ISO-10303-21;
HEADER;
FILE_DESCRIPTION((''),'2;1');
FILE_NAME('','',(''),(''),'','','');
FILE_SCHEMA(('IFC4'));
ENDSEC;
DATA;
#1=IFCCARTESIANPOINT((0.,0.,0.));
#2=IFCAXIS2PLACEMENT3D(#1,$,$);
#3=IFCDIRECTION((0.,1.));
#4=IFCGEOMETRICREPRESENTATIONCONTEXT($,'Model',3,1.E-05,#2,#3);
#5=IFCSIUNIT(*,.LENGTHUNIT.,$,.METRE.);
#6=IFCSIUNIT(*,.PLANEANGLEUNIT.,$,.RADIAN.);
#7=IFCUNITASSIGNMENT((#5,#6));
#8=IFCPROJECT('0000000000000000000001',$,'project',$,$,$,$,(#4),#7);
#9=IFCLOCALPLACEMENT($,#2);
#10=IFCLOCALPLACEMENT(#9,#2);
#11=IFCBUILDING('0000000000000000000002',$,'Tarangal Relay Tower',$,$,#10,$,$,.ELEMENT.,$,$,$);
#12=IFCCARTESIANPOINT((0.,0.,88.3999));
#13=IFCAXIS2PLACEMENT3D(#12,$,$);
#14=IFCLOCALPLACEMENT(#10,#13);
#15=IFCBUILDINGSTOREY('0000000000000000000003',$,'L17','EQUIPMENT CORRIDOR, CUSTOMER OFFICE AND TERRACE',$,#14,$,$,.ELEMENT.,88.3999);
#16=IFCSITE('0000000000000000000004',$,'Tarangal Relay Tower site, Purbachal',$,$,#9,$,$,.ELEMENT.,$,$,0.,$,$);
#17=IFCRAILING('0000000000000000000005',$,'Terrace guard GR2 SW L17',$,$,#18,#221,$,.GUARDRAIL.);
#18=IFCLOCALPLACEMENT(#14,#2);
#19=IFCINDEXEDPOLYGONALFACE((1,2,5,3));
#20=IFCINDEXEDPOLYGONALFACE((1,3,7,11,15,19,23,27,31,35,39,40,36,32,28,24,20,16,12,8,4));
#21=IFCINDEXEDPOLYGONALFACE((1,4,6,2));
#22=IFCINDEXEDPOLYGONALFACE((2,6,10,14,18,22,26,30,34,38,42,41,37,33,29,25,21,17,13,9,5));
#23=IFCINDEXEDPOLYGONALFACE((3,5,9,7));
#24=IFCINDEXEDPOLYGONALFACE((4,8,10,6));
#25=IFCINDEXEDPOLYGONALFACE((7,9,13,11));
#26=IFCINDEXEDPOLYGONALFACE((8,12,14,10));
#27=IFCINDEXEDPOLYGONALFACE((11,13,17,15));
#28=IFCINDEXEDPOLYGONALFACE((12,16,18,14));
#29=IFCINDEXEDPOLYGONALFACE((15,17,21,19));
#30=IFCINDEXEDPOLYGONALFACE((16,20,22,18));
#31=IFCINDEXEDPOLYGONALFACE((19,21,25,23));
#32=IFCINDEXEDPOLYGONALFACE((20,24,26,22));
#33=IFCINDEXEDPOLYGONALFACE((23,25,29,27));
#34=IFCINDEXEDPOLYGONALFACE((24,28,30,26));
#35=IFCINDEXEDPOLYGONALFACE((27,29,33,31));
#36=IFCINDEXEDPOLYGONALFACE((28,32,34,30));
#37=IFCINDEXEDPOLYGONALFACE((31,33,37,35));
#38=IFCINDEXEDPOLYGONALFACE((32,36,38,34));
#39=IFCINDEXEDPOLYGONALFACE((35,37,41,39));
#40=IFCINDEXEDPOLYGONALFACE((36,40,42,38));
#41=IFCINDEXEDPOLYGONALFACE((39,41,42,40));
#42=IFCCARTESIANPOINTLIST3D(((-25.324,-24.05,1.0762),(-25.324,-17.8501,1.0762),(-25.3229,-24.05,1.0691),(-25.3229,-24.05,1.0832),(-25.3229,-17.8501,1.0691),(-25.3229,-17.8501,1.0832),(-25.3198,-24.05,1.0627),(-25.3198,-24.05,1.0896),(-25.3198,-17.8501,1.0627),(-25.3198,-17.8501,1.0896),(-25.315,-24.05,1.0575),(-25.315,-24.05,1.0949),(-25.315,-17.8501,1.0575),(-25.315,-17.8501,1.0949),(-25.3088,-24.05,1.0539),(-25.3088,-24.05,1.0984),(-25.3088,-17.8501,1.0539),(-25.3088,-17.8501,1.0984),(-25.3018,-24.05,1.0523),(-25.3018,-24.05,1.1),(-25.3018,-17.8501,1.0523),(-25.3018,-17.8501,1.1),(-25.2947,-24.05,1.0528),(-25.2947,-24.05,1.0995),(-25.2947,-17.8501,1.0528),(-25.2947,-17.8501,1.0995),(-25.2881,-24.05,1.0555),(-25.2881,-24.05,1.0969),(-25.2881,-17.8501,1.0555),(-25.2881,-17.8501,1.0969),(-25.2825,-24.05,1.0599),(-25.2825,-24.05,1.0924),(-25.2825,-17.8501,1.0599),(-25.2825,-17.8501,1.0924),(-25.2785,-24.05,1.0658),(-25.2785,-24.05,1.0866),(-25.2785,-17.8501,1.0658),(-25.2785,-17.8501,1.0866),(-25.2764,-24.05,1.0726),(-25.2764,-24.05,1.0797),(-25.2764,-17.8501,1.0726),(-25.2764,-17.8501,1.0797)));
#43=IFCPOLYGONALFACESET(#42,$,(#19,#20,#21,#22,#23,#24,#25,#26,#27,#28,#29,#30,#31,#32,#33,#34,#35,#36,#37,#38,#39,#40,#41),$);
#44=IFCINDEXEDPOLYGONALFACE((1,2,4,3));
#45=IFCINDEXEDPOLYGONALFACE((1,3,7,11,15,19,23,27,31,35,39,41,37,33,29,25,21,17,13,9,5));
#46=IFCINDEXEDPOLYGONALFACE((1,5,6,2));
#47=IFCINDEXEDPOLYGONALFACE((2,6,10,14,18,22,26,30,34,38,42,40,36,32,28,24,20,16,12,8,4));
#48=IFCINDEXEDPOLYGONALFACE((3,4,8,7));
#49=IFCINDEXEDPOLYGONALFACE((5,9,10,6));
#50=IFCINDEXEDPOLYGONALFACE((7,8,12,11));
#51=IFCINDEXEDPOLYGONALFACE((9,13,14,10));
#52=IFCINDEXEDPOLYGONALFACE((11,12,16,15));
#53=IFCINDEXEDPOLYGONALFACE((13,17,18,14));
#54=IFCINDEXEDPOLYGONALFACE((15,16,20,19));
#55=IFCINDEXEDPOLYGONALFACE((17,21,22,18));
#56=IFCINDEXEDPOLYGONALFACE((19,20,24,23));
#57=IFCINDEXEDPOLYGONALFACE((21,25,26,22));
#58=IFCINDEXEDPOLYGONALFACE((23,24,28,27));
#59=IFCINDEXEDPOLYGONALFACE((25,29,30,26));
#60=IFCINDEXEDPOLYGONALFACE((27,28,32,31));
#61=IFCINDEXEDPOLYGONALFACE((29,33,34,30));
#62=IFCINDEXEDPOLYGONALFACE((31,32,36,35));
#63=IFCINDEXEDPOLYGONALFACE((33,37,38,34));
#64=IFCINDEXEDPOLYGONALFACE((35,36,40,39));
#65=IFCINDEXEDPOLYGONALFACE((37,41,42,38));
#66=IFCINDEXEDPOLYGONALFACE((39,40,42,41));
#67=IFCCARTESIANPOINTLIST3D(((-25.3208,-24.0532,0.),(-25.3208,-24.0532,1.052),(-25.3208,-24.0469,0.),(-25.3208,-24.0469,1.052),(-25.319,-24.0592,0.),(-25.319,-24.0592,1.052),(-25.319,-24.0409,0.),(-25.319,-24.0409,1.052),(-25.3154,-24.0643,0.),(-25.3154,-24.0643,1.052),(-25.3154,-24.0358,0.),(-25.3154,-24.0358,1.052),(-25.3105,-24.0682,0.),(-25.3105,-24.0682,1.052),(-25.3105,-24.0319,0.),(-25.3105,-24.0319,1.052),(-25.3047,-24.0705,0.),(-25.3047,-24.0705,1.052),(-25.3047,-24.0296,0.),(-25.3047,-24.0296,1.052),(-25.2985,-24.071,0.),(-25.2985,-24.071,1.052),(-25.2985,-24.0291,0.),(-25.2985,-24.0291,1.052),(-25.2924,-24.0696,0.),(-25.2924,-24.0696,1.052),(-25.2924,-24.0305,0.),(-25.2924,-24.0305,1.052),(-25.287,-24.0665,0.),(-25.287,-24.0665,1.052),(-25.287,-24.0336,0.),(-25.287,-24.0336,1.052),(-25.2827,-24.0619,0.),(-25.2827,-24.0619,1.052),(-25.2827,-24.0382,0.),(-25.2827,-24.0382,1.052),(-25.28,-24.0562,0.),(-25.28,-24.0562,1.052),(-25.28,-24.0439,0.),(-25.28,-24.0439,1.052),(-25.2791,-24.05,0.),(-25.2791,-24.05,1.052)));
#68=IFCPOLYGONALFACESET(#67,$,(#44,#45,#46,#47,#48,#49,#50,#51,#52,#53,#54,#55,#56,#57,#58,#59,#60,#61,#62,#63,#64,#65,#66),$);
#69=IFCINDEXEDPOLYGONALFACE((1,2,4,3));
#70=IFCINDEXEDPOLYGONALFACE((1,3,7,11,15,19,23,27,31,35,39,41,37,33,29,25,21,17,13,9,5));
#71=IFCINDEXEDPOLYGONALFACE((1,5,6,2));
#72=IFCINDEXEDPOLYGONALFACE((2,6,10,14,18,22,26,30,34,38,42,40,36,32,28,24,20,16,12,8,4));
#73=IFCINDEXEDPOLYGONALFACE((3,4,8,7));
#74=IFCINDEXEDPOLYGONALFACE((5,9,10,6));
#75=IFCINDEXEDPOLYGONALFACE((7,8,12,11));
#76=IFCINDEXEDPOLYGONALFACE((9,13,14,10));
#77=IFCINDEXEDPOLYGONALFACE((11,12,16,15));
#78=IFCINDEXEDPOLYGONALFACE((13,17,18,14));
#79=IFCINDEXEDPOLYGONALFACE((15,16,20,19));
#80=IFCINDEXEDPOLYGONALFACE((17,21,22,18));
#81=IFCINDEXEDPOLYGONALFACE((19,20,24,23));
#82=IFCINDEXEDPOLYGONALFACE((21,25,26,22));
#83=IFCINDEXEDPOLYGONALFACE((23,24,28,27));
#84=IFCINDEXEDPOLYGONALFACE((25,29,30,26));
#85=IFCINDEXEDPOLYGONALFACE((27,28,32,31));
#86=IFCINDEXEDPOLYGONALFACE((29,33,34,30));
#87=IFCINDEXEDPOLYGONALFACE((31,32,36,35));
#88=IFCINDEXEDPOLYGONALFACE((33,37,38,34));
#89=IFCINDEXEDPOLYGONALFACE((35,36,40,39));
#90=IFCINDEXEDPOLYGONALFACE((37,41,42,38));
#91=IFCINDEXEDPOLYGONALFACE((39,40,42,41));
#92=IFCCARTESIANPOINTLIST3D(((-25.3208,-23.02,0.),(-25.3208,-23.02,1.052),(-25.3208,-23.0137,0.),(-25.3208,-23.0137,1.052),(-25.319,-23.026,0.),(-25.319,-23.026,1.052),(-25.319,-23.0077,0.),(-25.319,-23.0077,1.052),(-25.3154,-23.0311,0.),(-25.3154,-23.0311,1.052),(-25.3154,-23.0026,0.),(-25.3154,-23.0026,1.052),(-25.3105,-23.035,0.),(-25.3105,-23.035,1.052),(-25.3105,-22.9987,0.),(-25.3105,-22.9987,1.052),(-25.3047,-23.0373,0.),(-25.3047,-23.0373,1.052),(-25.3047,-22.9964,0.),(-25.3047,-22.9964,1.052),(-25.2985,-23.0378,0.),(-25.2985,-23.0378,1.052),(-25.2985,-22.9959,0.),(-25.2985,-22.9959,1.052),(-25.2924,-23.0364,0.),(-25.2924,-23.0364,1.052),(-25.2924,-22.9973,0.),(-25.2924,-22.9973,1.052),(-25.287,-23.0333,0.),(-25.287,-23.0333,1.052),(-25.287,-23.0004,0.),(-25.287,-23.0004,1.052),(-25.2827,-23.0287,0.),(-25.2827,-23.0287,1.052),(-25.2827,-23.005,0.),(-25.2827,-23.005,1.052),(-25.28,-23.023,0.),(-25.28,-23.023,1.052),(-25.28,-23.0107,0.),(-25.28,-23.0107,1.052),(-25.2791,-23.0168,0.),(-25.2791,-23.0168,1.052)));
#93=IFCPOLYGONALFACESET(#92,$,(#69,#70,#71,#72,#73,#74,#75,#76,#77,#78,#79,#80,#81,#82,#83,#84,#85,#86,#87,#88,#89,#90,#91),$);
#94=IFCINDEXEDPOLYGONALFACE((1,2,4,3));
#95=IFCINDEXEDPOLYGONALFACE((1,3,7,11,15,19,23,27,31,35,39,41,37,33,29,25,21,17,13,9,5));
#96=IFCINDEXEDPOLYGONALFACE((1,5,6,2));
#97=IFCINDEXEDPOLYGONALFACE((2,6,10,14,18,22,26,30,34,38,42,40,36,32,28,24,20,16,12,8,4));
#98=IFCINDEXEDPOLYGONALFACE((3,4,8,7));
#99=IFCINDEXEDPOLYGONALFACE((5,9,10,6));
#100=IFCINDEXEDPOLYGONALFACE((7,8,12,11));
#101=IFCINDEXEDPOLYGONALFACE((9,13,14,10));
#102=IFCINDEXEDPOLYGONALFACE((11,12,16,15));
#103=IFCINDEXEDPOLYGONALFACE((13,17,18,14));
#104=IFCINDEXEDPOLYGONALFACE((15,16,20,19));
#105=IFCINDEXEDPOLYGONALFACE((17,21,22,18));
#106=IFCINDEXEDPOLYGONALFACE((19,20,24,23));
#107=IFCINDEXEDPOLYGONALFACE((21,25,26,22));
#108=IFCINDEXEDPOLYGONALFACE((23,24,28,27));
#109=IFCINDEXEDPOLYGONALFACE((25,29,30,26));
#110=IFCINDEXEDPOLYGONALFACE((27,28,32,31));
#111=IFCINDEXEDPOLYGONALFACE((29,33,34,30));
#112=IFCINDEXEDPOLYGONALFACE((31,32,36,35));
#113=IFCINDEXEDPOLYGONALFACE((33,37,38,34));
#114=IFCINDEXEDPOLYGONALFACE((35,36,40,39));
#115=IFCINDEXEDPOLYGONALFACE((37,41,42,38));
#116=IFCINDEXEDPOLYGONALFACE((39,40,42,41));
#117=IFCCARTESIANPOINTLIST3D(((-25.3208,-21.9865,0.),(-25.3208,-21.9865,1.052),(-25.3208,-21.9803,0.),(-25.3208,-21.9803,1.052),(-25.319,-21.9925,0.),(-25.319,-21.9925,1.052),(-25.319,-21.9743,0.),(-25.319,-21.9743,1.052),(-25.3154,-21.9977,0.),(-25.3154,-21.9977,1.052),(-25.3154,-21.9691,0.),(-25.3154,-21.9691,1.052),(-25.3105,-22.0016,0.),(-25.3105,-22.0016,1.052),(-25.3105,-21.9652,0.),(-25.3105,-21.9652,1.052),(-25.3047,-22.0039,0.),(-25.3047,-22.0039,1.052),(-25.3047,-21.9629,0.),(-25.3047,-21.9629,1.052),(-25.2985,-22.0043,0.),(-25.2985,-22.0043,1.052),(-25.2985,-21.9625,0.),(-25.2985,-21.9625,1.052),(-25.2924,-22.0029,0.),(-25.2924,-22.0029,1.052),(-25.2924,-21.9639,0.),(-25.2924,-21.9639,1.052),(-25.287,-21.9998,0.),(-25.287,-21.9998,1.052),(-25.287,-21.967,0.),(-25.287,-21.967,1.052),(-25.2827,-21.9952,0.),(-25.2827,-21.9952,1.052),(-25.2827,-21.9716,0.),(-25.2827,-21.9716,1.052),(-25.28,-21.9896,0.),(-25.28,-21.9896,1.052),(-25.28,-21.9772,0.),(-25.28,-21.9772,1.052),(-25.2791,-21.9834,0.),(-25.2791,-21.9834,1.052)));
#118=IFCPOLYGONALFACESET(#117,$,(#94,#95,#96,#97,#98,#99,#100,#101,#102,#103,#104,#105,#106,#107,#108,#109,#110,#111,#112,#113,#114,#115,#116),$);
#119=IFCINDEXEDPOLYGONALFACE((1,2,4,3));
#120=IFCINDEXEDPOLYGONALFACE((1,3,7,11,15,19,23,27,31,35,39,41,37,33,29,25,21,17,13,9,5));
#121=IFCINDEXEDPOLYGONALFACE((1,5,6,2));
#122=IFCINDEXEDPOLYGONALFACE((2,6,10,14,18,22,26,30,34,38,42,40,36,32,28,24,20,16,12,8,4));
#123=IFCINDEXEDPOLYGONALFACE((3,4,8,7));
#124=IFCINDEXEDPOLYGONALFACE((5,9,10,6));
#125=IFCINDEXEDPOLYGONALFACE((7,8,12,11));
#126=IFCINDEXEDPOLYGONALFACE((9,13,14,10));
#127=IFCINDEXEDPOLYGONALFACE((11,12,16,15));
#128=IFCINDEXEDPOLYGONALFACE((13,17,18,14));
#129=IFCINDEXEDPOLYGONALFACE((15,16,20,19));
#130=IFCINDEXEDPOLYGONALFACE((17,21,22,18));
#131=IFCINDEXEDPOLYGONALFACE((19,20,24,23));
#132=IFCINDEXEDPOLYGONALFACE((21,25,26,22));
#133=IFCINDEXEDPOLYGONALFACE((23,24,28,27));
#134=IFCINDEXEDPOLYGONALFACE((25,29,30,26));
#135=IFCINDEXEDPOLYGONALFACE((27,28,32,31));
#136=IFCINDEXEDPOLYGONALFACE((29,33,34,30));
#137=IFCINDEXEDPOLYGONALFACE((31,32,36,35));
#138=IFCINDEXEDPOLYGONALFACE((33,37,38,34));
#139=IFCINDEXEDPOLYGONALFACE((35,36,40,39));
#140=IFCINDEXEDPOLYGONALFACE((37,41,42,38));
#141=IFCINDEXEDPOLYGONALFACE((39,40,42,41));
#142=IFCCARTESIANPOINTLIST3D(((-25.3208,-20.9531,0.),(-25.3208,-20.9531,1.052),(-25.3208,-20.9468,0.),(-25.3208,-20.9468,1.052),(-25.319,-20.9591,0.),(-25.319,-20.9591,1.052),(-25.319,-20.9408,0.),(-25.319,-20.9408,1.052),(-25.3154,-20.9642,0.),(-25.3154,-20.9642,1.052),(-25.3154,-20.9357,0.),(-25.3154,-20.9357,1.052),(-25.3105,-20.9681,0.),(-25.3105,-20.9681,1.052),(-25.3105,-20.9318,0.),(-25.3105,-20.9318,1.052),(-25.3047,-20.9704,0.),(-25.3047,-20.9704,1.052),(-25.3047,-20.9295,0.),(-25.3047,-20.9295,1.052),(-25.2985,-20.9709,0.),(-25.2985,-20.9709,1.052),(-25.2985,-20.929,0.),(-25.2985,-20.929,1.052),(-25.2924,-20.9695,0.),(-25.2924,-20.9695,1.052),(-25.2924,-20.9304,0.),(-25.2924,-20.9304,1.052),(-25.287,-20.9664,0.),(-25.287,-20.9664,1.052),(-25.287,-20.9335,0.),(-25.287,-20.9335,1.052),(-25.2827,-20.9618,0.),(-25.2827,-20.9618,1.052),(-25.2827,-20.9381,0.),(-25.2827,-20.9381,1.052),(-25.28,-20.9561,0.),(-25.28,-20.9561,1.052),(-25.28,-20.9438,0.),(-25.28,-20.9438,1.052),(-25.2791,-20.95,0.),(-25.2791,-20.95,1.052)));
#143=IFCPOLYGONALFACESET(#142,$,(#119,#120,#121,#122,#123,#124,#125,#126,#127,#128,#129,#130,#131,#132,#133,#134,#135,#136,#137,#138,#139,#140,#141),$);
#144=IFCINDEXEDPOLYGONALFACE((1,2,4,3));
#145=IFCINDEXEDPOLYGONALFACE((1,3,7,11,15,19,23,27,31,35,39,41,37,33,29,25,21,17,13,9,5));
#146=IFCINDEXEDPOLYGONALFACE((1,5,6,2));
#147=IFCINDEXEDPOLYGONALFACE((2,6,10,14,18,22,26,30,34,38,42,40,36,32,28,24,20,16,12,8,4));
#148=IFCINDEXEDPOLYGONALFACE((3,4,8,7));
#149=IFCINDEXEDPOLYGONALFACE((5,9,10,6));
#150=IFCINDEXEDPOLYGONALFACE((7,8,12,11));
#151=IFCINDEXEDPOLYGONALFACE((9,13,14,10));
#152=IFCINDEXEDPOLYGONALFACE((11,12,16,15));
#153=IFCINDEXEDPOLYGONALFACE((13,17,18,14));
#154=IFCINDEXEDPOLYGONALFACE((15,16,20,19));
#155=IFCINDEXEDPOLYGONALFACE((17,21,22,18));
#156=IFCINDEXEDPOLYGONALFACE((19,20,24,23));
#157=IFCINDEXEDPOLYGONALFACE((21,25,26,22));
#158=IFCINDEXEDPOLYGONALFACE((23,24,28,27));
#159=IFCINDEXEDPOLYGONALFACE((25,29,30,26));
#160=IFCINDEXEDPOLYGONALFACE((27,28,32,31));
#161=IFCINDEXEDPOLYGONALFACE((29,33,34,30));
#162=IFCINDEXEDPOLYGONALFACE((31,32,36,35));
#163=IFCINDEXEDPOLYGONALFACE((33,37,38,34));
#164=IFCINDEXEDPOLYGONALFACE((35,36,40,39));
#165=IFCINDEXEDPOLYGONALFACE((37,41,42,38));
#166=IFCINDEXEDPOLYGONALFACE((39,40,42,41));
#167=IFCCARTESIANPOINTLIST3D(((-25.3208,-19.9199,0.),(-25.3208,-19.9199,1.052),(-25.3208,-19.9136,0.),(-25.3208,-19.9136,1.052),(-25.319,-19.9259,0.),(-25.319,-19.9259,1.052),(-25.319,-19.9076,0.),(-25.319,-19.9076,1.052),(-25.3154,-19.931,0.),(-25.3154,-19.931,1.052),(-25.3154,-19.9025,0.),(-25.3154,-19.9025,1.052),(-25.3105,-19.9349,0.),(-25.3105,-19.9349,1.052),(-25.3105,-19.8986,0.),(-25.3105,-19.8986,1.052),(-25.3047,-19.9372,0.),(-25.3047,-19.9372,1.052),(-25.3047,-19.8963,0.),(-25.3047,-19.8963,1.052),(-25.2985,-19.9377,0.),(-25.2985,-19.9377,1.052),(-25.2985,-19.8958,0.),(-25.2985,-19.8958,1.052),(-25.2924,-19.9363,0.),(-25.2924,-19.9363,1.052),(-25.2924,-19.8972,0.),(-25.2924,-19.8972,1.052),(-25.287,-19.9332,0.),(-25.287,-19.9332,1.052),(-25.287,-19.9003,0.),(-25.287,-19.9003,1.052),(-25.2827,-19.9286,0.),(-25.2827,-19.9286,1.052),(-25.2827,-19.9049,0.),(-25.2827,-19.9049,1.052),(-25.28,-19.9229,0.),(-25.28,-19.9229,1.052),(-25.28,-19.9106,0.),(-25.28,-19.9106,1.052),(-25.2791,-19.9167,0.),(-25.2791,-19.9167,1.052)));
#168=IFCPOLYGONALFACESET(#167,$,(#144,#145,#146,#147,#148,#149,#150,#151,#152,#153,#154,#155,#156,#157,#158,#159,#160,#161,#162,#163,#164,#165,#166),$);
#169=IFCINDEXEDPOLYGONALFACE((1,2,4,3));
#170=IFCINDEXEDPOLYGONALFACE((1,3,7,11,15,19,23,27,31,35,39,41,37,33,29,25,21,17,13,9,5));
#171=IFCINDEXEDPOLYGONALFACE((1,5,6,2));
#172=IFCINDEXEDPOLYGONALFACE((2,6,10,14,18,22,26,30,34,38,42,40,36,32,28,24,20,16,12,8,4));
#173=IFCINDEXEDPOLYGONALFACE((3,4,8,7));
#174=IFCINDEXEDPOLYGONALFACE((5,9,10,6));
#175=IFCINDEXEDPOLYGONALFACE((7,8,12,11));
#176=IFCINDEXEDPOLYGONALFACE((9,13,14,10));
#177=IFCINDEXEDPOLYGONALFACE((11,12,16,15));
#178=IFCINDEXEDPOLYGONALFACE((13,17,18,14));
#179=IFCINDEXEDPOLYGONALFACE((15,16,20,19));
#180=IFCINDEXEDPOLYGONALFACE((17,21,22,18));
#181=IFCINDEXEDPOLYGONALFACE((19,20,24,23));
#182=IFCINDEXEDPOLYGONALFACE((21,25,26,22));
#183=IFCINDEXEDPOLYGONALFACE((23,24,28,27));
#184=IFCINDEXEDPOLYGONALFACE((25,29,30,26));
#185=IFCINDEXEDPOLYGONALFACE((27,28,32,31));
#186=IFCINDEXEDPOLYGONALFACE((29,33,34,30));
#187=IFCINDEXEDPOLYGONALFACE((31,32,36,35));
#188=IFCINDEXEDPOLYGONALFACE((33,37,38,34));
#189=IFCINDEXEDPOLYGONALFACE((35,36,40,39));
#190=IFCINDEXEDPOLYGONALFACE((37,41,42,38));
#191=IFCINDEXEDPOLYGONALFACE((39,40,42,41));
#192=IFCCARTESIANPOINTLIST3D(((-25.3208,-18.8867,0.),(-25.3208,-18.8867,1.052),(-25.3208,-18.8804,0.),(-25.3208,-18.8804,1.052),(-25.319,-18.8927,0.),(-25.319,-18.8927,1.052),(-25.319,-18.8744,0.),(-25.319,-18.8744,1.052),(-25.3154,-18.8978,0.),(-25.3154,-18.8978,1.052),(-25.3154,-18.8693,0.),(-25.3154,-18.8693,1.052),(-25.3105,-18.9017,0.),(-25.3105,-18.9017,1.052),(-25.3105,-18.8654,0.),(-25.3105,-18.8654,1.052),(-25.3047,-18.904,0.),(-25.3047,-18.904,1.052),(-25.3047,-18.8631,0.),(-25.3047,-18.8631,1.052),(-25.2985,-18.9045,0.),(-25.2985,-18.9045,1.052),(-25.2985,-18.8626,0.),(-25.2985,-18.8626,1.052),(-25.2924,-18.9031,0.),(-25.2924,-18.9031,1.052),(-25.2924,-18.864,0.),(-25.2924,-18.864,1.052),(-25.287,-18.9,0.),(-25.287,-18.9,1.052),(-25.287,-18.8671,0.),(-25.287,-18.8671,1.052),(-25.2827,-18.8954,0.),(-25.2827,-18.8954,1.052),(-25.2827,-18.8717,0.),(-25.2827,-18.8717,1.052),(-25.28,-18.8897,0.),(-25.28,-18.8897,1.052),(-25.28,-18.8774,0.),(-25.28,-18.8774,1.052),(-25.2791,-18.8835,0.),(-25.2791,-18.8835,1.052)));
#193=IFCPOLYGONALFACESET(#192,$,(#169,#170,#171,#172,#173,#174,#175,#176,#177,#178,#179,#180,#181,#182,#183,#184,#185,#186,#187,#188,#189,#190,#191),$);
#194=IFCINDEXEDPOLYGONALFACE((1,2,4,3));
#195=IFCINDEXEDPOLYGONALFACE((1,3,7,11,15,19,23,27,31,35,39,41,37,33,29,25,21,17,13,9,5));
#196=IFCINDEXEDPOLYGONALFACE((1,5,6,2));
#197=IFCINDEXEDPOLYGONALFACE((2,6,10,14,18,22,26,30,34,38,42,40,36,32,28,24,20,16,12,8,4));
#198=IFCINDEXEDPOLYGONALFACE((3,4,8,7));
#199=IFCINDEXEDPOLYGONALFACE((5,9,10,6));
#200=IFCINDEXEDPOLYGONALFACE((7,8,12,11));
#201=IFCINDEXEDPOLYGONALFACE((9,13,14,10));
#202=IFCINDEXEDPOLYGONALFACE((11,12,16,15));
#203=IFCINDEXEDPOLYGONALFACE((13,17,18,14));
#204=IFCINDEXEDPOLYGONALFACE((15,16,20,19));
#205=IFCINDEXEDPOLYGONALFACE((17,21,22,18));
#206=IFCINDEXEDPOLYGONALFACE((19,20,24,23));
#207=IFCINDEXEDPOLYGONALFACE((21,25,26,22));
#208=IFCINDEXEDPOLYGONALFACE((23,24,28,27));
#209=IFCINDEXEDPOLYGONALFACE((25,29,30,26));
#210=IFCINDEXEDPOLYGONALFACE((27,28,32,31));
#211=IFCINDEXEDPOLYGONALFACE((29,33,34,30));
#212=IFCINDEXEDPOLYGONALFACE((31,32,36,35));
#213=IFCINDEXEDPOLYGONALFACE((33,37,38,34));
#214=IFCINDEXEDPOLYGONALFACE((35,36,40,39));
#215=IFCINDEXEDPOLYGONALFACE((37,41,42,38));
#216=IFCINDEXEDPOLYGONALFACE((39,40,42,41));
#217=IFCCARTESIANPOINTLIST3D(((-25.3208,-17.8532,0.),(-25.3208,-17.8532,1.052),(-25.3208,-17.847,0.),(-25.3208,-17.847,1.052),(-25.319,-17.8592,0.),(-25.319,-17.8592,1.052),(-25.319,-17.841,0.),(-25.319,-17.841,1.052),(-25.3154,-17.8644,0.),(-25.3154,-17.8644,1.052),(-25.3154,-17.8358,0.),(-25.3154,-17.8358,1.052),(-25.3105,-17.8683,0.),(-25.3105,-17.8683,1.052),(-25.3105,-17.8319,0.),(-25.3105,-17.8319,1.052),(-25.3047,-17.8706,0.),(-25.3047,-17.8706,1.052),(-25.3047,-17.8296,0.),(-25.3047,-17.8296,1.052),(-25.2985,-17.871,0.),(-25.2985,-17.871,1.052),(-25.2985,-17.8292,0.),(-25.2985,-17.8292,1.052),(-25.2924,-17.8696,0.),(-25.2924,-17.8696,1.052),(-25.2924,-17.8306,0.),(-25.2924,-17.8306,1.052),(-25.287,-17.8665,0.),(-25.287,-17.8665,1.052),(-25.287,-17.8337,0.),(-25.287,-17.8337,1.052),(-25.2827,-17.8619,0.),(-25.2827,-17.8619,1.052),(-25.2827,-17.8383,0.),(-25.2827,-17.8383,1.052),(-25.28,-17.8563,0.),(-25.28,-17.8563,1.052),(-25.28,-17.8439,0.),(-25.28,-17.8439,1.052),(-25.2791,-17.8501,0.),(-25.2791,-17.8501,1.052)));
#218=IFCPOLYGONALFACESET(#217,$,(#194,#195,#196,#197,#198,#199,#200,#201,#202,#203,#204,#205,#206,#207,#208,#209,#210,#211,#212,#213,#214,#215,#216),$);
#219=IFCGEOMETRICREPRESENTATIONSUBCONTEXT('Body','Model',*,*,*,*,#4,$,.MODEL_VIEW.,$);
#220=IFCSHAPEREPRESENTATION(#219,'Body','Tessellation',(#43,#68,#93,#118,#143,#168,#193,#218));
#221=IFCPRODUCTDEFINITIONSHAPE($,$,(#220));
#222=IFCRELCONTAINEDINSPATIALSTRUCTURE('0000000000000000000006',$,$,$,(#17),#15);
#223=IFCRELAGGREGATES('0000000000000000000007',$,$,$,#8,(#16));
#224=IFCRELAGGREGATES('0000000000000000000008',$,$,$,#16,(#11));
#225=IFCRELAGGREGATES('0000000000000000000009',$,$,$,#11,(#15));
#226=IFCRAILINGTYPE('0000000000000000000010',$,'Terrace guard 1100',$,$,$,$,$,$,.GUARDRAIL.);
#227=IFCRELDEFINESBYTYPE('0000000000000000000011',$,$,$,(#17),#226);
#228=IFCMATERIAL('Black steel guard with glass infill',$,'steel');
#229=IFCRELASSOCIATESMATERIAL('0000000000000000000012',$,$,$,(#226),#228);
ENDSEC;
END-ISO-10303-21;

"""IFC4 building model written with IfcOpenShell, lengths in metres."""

from ifc_helpers import new_model, si_unit, direction, frame, origin, origin_2d, place, context, subcontext, project, spatial, circle, extrude, material, type_object, element, save


model = new_model("IFC4")

# Units and contexts
model_context = context("Model", 3, precision=1e-05, world=origin(), true_north=direction((0.0, 1.0)))
body_context = subcontext(model_context, "Body", "Model", "MODEL_VIEW")
ifc_project = project(units=[si_unit("LENGTHUNIT", "METRE"), si_unit("PLANEANGLEUNIT", "RADIAN")], contexts=[model_context])

# Site, building, storey
site_placement = place(None, origin())
site = spatial("IfcSite", under=ifc_project, at=site_placement, Name="Tarangal Relay Tower site, Purbachal", CompositionType="ELEMENT", RefElevation=0.0)
building_placement = place(site_placement, origin())
building = spatial("IfcBuilding", under=site, at=building_placement, Name="Tarangal Relay Tower", CompositionType="ELEMENT")
storey_placement = place(building_placement, frame((0.0, 0.0, 88.3999)))
storey = spatial("IfcBuildingStorey", under=building, at=storey_placement, Name="L17", Description="EQUIPMENT CORRIDOR, CUSTOMER OFFICE AND TERRACE", CompositionType="ELEMENT", Elevation=88.3999)

# Railing
ifc_material_1 = material(Name="Black steel guard with glass infill", Category="steel")
railing_type = type_object("IfcRailingType", Name="Terrace guard 1100", PredefinedType="GUARDRAIL", material=ifc_material_1)
railing_1_placement = place(storey_placement, frame((-25.3, -24.05, 0.0)))
element("IfcRailing", 1, at=railing_1_placement, inside=storey, type_object=railing_type, Name="Terrace guard GR2 SW L17", PredefinedType="GUARDRAIL", context=body_context, shape_type="SweptSolid", body=[
    extrude(circle(Radius=0.0239, at=origin_2d()), frame((0.0, 0.0, 1.0762), z_axis=(0.0, 1.0, 0.0), x_axis=(-1.0, 0.0, 0.0)), (0.0, 0.0, 1.0), 6.2),
    extrude(circle(Radius=0.021, at=origin_2d()), origin(), (0.0, 0.0, 1.0), 1.052),
    extrude(circle(Radius=0.021, at=origin_2d()), frame((0.0, 1.0332, 0.0)), (0.0, 0.0, 1.0), 1.052),
    extrude(circle(Radius=0.021, at=origin_2d()), frame((0.0, 2.0667, 0.0)), (0.0, 0.0, 1.0), 1.052),
    extrude(circle(Radius=0.021, at=origin_2d()), frame((0.0, 3.1001, 0.0)), (0.0, 0.0, 1.0), 1.052),
    extrude(circle(Radius=0.021, at=origin_2d()), frame((0.0, 4.1333, 0.0)), (0.0, 0.0, 1.0), 1.052),
    extrude(circle(Radius=0.021, at=origin_2d()), frame((0.0, 5.1665, 0.0)), (0.0, 0.0, 1.0), 1.052),
    extrude(circle(Radius=0.021, at=origin_2d()), frame((0.0, 6.2, 0.0)), (0.0, 0.0, 1.0), 1.052),
])

save(model, "model.ifc")
